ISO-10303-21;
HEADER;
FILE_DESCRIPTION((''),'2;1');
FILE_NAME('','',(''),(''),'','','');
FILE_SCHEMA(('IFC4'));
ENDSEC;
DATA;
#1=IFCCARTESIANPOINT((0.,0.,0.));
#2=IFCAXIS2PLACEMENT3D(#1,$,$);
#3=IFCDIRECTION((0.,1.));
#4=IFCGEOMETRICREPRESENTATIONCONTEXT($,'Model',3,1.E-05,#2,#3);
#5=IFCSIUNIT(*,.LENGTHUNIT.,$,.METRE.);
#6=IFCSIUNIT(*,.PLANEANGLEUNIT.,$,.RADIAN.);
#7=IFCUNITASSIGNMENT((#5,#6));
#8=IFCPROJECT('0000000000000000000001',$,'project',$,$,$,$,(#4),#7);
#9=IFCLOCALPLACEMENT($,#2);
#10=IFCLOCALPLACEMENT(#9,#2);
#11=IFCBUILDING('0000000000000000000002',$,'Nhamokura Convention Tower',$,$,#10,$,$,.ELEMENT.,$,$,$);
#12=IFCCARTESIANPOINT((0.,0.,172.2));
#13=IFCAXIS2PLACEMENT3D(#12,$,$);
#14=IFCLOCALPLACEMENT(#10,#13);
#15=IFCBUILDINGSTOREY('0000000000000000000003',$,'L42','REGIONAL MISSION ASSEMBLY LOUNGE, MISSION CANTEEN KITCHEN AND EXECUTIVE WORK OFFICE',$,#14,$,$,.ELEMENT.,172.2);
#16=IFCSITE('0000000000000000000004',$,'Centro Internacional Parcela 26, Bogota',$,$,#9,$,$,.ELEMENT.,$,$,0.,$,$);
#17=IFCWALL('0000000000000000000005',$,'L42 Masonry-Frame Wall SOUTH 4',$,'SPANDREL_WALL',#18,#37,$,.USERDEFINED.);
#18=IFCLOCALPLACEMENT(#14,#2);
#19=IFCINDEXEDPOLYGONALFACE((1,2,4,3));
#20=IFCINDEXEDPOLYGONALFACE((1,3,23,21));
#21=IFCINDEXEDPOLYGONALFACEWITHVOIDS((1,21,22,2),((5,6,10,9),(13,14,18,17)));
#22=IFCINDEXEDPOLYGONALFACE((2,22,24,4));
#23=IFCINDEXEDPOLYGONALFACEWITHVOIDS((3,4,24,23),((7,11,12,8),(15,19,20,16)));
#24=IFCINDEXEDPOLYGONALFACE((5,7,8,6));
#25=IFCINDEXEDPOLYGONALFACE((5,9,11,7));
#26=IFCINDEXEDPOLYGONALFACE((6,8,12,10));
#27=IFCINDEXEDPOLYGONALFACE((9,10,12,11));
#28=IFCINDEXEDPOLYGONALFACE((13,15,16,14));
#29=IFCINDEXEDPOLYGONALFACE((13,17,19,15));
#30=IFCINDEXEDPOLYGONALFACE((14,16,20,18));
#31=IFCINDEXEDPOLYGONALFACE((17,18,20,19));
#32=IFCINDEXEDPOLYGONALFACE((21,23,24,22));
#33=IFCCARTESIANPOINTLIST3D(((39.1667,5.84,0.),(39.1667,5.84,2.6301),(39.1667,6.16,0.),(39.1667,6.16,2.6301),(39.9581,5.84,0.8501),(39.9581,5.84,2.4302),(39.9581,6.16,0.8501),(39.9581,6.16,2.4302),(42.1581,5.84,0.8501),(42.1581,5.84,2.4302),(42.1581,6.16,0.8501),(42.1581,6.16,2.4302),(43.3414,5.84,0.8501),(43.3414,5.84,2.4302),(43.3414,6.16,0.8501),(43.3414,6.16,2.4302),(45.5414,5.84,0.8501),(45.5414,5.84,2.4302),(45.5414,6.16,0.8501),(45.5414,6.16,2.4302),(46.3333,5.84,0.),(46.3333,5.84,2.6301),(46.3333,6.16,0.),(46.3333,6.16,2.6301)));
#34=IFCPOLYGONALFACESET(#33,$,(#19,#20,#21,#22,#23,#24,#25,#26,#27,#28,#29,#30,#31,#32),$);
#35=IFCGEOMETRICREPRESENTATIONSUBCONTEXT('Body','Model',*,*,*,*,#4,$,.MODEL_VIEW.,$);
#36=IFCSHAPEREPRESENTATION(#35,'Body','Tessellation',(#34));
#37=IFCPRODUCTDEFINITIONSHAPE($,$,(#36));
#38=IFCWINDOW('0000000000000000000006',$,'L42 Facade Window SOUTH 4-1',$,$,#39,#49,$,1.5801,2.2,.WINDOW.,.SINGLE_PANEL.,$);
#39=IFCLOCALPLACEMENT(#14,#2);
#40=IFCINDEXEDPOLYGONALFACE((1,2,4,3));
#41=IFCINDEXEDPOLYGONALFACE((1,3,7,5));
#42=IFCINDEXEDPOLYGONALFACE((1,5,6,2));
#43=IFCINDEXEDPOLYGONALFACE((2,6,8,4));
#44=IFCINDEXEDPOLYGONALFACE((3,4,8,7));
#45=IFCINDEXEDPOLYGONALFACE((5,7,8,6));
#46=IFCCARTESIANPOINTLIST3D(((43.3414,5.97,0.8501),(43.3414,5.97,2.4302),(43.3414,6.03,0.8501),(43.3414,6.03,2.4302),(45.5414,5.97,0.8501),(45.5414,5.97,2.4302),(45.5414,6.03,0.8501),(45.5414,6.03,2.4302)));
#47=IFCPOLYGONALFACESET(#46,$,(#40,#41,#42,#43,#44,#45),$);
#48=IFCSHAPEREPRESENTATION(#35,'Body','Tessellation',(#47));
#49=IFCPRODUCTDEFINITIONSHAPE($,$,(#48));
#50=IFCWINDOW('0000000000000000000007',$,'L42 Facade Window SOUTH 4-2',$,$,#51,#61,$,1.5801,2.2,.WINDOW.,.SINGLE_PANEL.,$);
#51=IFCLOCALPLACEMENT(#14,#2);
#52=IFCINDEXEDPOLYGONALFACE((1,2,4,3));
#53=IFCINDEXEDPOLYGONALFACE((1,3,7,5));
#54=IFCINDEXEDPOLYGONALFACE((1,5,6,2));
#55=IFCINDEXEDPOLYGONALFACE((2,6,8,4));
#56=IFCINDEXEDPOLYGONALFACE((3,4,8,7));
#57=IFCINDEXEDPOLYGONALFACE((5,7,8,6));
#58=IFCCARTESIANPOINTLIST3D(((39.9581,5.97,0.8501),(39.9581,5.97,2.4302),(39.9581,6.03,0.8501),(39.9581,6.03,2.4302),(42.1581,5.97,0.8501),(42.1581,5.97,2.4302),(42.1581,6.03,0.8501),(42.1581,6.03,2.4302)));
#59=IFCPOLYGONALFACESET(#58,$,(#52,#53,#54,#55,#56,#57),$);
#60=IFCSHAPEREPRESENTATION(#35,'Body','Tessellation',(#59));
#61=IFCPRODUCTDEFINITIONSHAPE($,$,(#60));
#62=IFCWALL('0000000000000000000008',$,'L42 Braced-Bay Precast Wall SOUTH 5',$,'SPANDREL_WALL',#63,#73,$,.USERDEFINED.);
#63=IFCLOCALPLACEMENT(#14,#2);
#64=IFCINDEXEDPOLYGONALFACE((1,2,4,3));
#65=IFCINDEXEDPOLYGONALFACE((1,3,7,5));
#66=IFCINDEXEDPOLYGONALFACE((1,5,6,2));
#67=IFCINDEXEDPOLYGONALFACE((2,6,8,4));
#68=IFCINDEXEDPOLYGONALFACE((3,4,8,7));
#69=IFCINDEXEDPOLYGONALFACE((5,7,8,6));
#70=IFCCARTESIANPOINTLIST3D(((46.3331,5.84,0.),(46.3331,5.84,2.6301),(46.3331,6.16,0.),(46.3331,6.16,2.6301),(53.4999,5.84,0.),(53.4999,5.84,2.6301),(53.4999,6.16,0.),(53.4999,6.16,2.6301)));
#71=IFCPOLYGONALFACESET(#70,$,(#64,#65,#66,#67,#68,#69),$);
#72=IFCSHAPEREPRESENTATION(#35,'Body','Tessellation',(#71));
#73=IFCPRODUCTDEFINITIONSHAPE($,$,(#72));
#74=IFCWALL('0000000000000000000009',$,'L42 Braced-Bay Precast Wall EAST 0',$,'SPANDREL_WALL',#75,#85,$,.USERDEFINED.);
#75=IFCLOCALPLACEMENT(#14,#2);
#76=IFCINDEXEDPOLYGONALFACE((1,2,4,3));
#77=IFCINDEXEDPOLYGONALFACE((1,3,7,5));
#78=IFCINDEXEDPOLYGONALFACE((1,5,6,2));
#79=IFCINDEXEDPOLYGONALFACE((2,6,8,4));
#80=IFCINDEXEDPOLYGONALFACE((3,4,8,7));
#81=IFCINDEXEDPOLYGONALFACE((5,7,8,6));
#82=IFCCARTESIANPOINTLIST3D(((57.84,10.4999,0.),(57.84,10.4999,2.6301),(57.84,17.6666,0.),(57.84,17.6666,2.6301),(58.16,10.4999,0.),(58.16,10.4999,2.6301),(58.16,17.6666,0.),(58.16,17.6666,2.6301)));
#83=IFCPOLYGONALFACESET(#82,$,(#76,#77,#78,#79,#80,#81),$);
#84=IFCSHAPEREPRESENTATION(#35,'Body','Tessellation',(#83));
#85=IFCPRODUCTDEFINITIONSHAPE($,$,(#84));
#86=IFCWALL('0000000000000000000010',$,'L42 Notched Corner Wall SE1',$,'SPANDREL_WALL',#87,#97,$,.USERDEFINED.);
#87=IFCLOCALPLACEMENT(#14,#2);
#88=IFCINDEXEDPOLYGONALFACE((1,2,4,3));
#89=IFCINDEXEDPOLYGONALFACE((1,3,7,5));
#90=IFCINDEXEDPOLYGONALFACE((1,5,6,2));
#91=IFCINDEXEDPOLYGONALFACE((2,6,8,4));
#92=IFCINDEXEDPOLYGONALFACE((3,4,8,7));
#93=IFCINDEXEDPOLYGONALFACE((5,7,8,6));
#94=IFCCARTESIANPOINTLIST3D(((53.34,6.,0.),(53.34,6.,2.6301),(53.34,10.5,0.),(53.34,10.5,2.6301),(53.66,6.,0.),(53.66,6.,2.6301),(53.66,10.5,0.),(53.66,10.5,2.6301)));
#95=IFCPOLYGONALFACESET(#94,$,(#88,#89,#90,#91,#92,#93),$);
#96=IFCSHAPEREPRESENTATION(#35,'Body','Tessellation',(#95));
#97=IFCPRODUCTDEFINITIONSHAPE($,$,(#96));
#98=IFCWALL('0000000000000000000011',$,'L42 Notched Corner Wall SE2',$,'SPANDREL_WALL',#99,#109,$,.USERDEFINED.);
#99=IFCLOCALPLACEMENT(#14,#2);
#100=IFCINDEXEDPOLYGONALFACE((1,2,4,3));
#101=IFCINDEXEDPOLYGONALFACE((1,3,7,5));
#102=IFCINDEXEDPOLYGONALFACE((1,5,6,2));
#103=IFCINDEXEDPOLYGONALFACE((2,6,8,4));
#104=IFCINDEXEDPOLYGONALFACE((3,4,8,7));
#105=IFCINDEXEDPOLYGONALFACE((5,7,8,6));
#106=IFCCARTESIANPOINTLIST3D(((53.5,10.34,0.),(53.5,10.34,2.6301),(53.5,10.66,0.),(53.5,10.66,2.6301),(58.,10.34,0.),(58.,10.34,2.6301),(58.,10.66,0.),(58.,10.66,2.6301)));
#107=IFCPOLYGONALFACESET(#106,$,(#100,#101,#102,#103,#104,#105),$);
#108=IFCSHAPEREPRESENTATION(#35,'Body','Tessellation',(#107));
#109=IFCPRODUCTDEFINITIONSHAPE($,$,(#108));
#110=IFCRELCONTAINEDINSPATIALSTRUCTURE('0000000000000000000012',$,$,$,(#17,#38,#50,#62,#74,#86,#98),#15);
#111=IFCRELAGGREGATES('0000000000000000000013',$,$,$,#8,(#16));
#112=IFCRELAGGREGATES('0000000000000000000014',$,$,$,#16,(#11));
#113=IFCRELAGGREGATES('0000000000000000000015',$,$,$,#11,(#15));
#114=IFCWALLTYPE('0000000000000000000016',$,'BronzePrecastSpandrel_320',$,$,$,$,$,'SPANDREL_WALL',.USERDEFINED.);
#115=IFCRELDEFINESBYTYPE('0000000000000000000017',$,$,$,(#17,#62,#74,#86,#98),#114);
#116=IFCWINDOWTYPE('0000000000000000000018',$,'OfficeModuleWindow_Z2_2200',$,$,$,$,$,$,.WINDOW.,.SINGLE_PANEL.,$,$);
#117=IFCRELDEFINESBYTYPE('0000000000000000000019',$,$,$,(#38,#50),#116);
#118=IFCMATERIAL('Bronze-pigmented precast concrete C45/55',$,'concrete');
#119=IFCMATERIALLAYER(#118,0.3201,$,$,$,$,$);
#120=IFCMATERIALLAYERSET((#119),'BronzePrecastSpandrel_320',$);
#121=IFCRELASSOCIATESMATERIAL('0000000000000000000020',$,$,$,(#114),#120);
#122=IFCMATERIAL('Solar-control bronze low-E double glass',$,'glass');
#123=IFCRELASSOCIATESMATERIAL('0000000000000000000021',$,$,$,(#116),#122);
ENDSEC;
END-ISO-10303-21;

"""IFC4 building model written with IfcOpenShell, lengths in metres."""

from ifc_helpers import new_model, si_unit, direction, frame, frame_2d, origin, place, context, subcontext, project, spatial, rectangle, extrude, material, layer, layer_set, type_object, element, fill, save


model = new_model("IFC4")

# Units and contexts
model_context = context("Model", 3, precision=1e-05, world=origin(), true_north=direction((0.0, 1.0)))
body_context = subcontext(model_context, "Body", "Model", "MODEL_VIEW")
ifc_project = project(units=[si_unit("LENGTHUNIT", "METRE"), si_unit("PLANEANGLEUNIT", "RADIAN")], contexts=[model_context])

# Site, building, storey
site_placement = place(None, origin())
site = spatial("IfcSite", under=ifc_project, at=site_placement, Name="Centro Internacional Parcela 26, Bogota", CompositionType="ELEMENT", RefElevation=0.0)
building_placement = place(site_placement, origin())
building = spatial("IfcBuilding", under=site, at=building_placement, Name="Nhamokura Convention Tower", CompositionType="ELEMENT")
storey_placement = place(building_placement, frame((0.0, 0.0, 172.2)))
storey = spatial("IfcBuildingStorey", under=building, at=storey_placement, Name="L42", Description="REGIONAL MISSION ASSEMBLY LOUNGE, MISSION CANTEEN KITCHEN AND EXECUTIVE WORK OFFICE", CompositionType="ELEMENT", Elevation=172.2)

# Wall, openings, windows
ifc_material_1 = material(Name="Bronze-pigmented precast concrete C45/55", Category="concrete")
ifc_layer = layer(ifc_material_1, 0.3201)
ifc_layer_set = layer_set([ifc_layer], Name="BronzePrecastSpandrel_320")
wall_type = type_object("IfcWallType", Name="BronzePrecastSpandrel_320", ElementType="SPANDREL_WALL", PredefinedType="USERDEFINED", material=ifc_layer_set)
wall_placement = place(storey_placement, frame((46.3333, 6.0, 0.0), z_axis=(0.0, 0.0, 1.0), x_axis=(-1.0, 0.0, 0.0)))
wall = element("IfcWall", 1, at=wall_placement, inside=storey, type_object=wall_type, Name="L42 Masonry-Frame Wall SOUTH 4", ObjectType="SPANDREL_WALL", PredefinedType="USERDEFINED", context=body_context, shape_type="SweptSolid", body=[
    extrude(rectangle(XDim=7.1665, YDim=0.3201, at=frame_2d((3.5833, 0.0))), origin(), (0.0, 0.0, 1.0), 2.6301),
])
opening_1_placement = place(wall_placement, frame((0.7917, 0.0, 0.8501)))
opening_1 = element("IfcOpeningElement", 2, at=opening_1_placement, cuts=wall, PredefinedType="OPENING", context=body_context, shape_type="SweptSolid", body=[
    extrude(rectangle(XDim=2.2, YDim=1.5801, at=frame_2d((1.1001, 0.79))), frame((0.0, 0.1699, 0.0), z_axis=(0.0, -1.0, 0.0), x_axis=(1.0, 0.0, 0.0)), (0.0, 0.0, 1.0), 0.3401),
])
opening_2_placement = place(wall_placement, frame((4.175, 0.0, 0.8501)))
opening_2 = element("IfcOpeningElement", 3, at=opening_2_placement, cuts=wall, PredefinedType="OPENING", context=body_context, shape_type="SweptSolid", body=[
    extrude(rectangle(XDim=2.2, YDim=1.5801, at=frame_2d((1.1001, 0.79))), frame((0.0, 0.1699, 0.0), z_axis=(0.0, -1.0, 0.0), x_axis=(1.0, 0.0, 0.0)), (0.0, 0.0, 1.0), 0.3401),
])
ifc_material_2 = material(Name="Solar-control bronze low-E double glass", Category="glass")
window_type = type_object("IfcWindowType", Name="OfficeModuleWindow_Z2_2200", PartitioningType="SINGLE_PANEL", PredefinedType="WINDOW", material=ifc_material_2)
window_1_placement = place(opening_1_placement, origin())
window_1 = element("IfcWindow", 4, at=window_1_placement, inside=storey, type_object=window_type, Name="L42 Facade Window SOUTH 4-1", OverallHeight=1.5801, OverallWidth=2.2, PartitioningType="SINGLE_PANEL", PredefinedType="WINDOW", context=body_context, shape_type="SweptSolid", body=[
    extrude(rectangle(XDim=2.2, YDim=1.5801, at=frame_2d((1.1001, 0.79))), frame((0.0, 0.03, 0.0), z_axis=(0.0, -1.0, 0.0), x_axis=(1.0, 0.0, 0.0)), (0.0, 0.0, 1.0), 0.0601),
])
fill(opening_1, window_1)
window_2_placement = place(opening_2_placement, origin())
window_2 = element("IfcWindow", 5, at=window_2_placement, inside=storey, type_object=window_type, Name="L42 Facade Window SOUTH 4-2", OverallHeight=1.5801, OverallWidth=2.2, PartitioningType="SINGLE_PANEL", PredefinedType="WINDOW", context=body_context, shape_type="SweptSolid", body=[
    extrude(rectangle(XDim=2.2, YDim=1.5801, at=frame_2d((1.1001, 0.79))), frame((0.0, 0.03, 0.0), z_axis=(0.0, -1.0, 0.0), x_axis=(1.0, 0.0, 0.0)), (0.0, 0.0, 1.0), 0.0601),
])
fill(opening_2, window_2)

# Walls
for number, where, z_axis, x_axis, name in (
    (6, (53.5, 6.0, 0.0), (0.0, 0.0, 1.0), (-1.0, 0.0, 0.0), "L42 Braced-Bay Precast Wall SOUTH 5"),
    (7, (58.0, 17.6667, 0.0), (0.0, 0.0, 1.0), (0.0, -1.0, 0.0), "L42 Braced-Bay Precast Wall EAST 0"),
):
    element("IfcWall", number, at=place(storey_placement, frame(where, z_axis=z_axis, x_axis=x_axis)), inside=storey, type_object=wall_type, Name=name, ObjectType="SPANDREL_WALL", PredefinedType="USERDEFINED", context=body_context, shape_type="SweptSolid", body=[
        extrude(rectangle(XDim=7.1667, YDim=0.3201, at=frame_2d((3.5835, 0.0))), origin(), (0.0, 0.0, 1.0), 2.6301),
    ])
for number, where, z_axis, x_axis, name in (
    (8, (53.5, 10.5, 0.0), (0.0, 0.0, 1.0), (0.0, -1.0, 0.0), "L42 Notched Corner Wall SE1"),
    (9, (58.0, 10.5, 0.0), (0.0, 0.0, 1.0), (-1.0, 0.0, 0.0), "L42 Notched Corner Wall SE2"),
):
    element("IfcWall", number, at=place(storey_placement, frame(where, z_axis=z_axis, x_axis=x_axis)), inside=storey, type_object=wall_type, Name=name, ObjectType="SPANDREL_WALL", PredefinedType="USERDEFINED", context=body_context, shape_type="SweptSolid", body=[
        extrude(rectangle(XDim=4.5, YDim=0.3201, at=frame_2d((2.25, 0.0))), origin(), (0.0, 0.0, 1.0), 2.6301),
    ])

save(model, "model.ifc")
